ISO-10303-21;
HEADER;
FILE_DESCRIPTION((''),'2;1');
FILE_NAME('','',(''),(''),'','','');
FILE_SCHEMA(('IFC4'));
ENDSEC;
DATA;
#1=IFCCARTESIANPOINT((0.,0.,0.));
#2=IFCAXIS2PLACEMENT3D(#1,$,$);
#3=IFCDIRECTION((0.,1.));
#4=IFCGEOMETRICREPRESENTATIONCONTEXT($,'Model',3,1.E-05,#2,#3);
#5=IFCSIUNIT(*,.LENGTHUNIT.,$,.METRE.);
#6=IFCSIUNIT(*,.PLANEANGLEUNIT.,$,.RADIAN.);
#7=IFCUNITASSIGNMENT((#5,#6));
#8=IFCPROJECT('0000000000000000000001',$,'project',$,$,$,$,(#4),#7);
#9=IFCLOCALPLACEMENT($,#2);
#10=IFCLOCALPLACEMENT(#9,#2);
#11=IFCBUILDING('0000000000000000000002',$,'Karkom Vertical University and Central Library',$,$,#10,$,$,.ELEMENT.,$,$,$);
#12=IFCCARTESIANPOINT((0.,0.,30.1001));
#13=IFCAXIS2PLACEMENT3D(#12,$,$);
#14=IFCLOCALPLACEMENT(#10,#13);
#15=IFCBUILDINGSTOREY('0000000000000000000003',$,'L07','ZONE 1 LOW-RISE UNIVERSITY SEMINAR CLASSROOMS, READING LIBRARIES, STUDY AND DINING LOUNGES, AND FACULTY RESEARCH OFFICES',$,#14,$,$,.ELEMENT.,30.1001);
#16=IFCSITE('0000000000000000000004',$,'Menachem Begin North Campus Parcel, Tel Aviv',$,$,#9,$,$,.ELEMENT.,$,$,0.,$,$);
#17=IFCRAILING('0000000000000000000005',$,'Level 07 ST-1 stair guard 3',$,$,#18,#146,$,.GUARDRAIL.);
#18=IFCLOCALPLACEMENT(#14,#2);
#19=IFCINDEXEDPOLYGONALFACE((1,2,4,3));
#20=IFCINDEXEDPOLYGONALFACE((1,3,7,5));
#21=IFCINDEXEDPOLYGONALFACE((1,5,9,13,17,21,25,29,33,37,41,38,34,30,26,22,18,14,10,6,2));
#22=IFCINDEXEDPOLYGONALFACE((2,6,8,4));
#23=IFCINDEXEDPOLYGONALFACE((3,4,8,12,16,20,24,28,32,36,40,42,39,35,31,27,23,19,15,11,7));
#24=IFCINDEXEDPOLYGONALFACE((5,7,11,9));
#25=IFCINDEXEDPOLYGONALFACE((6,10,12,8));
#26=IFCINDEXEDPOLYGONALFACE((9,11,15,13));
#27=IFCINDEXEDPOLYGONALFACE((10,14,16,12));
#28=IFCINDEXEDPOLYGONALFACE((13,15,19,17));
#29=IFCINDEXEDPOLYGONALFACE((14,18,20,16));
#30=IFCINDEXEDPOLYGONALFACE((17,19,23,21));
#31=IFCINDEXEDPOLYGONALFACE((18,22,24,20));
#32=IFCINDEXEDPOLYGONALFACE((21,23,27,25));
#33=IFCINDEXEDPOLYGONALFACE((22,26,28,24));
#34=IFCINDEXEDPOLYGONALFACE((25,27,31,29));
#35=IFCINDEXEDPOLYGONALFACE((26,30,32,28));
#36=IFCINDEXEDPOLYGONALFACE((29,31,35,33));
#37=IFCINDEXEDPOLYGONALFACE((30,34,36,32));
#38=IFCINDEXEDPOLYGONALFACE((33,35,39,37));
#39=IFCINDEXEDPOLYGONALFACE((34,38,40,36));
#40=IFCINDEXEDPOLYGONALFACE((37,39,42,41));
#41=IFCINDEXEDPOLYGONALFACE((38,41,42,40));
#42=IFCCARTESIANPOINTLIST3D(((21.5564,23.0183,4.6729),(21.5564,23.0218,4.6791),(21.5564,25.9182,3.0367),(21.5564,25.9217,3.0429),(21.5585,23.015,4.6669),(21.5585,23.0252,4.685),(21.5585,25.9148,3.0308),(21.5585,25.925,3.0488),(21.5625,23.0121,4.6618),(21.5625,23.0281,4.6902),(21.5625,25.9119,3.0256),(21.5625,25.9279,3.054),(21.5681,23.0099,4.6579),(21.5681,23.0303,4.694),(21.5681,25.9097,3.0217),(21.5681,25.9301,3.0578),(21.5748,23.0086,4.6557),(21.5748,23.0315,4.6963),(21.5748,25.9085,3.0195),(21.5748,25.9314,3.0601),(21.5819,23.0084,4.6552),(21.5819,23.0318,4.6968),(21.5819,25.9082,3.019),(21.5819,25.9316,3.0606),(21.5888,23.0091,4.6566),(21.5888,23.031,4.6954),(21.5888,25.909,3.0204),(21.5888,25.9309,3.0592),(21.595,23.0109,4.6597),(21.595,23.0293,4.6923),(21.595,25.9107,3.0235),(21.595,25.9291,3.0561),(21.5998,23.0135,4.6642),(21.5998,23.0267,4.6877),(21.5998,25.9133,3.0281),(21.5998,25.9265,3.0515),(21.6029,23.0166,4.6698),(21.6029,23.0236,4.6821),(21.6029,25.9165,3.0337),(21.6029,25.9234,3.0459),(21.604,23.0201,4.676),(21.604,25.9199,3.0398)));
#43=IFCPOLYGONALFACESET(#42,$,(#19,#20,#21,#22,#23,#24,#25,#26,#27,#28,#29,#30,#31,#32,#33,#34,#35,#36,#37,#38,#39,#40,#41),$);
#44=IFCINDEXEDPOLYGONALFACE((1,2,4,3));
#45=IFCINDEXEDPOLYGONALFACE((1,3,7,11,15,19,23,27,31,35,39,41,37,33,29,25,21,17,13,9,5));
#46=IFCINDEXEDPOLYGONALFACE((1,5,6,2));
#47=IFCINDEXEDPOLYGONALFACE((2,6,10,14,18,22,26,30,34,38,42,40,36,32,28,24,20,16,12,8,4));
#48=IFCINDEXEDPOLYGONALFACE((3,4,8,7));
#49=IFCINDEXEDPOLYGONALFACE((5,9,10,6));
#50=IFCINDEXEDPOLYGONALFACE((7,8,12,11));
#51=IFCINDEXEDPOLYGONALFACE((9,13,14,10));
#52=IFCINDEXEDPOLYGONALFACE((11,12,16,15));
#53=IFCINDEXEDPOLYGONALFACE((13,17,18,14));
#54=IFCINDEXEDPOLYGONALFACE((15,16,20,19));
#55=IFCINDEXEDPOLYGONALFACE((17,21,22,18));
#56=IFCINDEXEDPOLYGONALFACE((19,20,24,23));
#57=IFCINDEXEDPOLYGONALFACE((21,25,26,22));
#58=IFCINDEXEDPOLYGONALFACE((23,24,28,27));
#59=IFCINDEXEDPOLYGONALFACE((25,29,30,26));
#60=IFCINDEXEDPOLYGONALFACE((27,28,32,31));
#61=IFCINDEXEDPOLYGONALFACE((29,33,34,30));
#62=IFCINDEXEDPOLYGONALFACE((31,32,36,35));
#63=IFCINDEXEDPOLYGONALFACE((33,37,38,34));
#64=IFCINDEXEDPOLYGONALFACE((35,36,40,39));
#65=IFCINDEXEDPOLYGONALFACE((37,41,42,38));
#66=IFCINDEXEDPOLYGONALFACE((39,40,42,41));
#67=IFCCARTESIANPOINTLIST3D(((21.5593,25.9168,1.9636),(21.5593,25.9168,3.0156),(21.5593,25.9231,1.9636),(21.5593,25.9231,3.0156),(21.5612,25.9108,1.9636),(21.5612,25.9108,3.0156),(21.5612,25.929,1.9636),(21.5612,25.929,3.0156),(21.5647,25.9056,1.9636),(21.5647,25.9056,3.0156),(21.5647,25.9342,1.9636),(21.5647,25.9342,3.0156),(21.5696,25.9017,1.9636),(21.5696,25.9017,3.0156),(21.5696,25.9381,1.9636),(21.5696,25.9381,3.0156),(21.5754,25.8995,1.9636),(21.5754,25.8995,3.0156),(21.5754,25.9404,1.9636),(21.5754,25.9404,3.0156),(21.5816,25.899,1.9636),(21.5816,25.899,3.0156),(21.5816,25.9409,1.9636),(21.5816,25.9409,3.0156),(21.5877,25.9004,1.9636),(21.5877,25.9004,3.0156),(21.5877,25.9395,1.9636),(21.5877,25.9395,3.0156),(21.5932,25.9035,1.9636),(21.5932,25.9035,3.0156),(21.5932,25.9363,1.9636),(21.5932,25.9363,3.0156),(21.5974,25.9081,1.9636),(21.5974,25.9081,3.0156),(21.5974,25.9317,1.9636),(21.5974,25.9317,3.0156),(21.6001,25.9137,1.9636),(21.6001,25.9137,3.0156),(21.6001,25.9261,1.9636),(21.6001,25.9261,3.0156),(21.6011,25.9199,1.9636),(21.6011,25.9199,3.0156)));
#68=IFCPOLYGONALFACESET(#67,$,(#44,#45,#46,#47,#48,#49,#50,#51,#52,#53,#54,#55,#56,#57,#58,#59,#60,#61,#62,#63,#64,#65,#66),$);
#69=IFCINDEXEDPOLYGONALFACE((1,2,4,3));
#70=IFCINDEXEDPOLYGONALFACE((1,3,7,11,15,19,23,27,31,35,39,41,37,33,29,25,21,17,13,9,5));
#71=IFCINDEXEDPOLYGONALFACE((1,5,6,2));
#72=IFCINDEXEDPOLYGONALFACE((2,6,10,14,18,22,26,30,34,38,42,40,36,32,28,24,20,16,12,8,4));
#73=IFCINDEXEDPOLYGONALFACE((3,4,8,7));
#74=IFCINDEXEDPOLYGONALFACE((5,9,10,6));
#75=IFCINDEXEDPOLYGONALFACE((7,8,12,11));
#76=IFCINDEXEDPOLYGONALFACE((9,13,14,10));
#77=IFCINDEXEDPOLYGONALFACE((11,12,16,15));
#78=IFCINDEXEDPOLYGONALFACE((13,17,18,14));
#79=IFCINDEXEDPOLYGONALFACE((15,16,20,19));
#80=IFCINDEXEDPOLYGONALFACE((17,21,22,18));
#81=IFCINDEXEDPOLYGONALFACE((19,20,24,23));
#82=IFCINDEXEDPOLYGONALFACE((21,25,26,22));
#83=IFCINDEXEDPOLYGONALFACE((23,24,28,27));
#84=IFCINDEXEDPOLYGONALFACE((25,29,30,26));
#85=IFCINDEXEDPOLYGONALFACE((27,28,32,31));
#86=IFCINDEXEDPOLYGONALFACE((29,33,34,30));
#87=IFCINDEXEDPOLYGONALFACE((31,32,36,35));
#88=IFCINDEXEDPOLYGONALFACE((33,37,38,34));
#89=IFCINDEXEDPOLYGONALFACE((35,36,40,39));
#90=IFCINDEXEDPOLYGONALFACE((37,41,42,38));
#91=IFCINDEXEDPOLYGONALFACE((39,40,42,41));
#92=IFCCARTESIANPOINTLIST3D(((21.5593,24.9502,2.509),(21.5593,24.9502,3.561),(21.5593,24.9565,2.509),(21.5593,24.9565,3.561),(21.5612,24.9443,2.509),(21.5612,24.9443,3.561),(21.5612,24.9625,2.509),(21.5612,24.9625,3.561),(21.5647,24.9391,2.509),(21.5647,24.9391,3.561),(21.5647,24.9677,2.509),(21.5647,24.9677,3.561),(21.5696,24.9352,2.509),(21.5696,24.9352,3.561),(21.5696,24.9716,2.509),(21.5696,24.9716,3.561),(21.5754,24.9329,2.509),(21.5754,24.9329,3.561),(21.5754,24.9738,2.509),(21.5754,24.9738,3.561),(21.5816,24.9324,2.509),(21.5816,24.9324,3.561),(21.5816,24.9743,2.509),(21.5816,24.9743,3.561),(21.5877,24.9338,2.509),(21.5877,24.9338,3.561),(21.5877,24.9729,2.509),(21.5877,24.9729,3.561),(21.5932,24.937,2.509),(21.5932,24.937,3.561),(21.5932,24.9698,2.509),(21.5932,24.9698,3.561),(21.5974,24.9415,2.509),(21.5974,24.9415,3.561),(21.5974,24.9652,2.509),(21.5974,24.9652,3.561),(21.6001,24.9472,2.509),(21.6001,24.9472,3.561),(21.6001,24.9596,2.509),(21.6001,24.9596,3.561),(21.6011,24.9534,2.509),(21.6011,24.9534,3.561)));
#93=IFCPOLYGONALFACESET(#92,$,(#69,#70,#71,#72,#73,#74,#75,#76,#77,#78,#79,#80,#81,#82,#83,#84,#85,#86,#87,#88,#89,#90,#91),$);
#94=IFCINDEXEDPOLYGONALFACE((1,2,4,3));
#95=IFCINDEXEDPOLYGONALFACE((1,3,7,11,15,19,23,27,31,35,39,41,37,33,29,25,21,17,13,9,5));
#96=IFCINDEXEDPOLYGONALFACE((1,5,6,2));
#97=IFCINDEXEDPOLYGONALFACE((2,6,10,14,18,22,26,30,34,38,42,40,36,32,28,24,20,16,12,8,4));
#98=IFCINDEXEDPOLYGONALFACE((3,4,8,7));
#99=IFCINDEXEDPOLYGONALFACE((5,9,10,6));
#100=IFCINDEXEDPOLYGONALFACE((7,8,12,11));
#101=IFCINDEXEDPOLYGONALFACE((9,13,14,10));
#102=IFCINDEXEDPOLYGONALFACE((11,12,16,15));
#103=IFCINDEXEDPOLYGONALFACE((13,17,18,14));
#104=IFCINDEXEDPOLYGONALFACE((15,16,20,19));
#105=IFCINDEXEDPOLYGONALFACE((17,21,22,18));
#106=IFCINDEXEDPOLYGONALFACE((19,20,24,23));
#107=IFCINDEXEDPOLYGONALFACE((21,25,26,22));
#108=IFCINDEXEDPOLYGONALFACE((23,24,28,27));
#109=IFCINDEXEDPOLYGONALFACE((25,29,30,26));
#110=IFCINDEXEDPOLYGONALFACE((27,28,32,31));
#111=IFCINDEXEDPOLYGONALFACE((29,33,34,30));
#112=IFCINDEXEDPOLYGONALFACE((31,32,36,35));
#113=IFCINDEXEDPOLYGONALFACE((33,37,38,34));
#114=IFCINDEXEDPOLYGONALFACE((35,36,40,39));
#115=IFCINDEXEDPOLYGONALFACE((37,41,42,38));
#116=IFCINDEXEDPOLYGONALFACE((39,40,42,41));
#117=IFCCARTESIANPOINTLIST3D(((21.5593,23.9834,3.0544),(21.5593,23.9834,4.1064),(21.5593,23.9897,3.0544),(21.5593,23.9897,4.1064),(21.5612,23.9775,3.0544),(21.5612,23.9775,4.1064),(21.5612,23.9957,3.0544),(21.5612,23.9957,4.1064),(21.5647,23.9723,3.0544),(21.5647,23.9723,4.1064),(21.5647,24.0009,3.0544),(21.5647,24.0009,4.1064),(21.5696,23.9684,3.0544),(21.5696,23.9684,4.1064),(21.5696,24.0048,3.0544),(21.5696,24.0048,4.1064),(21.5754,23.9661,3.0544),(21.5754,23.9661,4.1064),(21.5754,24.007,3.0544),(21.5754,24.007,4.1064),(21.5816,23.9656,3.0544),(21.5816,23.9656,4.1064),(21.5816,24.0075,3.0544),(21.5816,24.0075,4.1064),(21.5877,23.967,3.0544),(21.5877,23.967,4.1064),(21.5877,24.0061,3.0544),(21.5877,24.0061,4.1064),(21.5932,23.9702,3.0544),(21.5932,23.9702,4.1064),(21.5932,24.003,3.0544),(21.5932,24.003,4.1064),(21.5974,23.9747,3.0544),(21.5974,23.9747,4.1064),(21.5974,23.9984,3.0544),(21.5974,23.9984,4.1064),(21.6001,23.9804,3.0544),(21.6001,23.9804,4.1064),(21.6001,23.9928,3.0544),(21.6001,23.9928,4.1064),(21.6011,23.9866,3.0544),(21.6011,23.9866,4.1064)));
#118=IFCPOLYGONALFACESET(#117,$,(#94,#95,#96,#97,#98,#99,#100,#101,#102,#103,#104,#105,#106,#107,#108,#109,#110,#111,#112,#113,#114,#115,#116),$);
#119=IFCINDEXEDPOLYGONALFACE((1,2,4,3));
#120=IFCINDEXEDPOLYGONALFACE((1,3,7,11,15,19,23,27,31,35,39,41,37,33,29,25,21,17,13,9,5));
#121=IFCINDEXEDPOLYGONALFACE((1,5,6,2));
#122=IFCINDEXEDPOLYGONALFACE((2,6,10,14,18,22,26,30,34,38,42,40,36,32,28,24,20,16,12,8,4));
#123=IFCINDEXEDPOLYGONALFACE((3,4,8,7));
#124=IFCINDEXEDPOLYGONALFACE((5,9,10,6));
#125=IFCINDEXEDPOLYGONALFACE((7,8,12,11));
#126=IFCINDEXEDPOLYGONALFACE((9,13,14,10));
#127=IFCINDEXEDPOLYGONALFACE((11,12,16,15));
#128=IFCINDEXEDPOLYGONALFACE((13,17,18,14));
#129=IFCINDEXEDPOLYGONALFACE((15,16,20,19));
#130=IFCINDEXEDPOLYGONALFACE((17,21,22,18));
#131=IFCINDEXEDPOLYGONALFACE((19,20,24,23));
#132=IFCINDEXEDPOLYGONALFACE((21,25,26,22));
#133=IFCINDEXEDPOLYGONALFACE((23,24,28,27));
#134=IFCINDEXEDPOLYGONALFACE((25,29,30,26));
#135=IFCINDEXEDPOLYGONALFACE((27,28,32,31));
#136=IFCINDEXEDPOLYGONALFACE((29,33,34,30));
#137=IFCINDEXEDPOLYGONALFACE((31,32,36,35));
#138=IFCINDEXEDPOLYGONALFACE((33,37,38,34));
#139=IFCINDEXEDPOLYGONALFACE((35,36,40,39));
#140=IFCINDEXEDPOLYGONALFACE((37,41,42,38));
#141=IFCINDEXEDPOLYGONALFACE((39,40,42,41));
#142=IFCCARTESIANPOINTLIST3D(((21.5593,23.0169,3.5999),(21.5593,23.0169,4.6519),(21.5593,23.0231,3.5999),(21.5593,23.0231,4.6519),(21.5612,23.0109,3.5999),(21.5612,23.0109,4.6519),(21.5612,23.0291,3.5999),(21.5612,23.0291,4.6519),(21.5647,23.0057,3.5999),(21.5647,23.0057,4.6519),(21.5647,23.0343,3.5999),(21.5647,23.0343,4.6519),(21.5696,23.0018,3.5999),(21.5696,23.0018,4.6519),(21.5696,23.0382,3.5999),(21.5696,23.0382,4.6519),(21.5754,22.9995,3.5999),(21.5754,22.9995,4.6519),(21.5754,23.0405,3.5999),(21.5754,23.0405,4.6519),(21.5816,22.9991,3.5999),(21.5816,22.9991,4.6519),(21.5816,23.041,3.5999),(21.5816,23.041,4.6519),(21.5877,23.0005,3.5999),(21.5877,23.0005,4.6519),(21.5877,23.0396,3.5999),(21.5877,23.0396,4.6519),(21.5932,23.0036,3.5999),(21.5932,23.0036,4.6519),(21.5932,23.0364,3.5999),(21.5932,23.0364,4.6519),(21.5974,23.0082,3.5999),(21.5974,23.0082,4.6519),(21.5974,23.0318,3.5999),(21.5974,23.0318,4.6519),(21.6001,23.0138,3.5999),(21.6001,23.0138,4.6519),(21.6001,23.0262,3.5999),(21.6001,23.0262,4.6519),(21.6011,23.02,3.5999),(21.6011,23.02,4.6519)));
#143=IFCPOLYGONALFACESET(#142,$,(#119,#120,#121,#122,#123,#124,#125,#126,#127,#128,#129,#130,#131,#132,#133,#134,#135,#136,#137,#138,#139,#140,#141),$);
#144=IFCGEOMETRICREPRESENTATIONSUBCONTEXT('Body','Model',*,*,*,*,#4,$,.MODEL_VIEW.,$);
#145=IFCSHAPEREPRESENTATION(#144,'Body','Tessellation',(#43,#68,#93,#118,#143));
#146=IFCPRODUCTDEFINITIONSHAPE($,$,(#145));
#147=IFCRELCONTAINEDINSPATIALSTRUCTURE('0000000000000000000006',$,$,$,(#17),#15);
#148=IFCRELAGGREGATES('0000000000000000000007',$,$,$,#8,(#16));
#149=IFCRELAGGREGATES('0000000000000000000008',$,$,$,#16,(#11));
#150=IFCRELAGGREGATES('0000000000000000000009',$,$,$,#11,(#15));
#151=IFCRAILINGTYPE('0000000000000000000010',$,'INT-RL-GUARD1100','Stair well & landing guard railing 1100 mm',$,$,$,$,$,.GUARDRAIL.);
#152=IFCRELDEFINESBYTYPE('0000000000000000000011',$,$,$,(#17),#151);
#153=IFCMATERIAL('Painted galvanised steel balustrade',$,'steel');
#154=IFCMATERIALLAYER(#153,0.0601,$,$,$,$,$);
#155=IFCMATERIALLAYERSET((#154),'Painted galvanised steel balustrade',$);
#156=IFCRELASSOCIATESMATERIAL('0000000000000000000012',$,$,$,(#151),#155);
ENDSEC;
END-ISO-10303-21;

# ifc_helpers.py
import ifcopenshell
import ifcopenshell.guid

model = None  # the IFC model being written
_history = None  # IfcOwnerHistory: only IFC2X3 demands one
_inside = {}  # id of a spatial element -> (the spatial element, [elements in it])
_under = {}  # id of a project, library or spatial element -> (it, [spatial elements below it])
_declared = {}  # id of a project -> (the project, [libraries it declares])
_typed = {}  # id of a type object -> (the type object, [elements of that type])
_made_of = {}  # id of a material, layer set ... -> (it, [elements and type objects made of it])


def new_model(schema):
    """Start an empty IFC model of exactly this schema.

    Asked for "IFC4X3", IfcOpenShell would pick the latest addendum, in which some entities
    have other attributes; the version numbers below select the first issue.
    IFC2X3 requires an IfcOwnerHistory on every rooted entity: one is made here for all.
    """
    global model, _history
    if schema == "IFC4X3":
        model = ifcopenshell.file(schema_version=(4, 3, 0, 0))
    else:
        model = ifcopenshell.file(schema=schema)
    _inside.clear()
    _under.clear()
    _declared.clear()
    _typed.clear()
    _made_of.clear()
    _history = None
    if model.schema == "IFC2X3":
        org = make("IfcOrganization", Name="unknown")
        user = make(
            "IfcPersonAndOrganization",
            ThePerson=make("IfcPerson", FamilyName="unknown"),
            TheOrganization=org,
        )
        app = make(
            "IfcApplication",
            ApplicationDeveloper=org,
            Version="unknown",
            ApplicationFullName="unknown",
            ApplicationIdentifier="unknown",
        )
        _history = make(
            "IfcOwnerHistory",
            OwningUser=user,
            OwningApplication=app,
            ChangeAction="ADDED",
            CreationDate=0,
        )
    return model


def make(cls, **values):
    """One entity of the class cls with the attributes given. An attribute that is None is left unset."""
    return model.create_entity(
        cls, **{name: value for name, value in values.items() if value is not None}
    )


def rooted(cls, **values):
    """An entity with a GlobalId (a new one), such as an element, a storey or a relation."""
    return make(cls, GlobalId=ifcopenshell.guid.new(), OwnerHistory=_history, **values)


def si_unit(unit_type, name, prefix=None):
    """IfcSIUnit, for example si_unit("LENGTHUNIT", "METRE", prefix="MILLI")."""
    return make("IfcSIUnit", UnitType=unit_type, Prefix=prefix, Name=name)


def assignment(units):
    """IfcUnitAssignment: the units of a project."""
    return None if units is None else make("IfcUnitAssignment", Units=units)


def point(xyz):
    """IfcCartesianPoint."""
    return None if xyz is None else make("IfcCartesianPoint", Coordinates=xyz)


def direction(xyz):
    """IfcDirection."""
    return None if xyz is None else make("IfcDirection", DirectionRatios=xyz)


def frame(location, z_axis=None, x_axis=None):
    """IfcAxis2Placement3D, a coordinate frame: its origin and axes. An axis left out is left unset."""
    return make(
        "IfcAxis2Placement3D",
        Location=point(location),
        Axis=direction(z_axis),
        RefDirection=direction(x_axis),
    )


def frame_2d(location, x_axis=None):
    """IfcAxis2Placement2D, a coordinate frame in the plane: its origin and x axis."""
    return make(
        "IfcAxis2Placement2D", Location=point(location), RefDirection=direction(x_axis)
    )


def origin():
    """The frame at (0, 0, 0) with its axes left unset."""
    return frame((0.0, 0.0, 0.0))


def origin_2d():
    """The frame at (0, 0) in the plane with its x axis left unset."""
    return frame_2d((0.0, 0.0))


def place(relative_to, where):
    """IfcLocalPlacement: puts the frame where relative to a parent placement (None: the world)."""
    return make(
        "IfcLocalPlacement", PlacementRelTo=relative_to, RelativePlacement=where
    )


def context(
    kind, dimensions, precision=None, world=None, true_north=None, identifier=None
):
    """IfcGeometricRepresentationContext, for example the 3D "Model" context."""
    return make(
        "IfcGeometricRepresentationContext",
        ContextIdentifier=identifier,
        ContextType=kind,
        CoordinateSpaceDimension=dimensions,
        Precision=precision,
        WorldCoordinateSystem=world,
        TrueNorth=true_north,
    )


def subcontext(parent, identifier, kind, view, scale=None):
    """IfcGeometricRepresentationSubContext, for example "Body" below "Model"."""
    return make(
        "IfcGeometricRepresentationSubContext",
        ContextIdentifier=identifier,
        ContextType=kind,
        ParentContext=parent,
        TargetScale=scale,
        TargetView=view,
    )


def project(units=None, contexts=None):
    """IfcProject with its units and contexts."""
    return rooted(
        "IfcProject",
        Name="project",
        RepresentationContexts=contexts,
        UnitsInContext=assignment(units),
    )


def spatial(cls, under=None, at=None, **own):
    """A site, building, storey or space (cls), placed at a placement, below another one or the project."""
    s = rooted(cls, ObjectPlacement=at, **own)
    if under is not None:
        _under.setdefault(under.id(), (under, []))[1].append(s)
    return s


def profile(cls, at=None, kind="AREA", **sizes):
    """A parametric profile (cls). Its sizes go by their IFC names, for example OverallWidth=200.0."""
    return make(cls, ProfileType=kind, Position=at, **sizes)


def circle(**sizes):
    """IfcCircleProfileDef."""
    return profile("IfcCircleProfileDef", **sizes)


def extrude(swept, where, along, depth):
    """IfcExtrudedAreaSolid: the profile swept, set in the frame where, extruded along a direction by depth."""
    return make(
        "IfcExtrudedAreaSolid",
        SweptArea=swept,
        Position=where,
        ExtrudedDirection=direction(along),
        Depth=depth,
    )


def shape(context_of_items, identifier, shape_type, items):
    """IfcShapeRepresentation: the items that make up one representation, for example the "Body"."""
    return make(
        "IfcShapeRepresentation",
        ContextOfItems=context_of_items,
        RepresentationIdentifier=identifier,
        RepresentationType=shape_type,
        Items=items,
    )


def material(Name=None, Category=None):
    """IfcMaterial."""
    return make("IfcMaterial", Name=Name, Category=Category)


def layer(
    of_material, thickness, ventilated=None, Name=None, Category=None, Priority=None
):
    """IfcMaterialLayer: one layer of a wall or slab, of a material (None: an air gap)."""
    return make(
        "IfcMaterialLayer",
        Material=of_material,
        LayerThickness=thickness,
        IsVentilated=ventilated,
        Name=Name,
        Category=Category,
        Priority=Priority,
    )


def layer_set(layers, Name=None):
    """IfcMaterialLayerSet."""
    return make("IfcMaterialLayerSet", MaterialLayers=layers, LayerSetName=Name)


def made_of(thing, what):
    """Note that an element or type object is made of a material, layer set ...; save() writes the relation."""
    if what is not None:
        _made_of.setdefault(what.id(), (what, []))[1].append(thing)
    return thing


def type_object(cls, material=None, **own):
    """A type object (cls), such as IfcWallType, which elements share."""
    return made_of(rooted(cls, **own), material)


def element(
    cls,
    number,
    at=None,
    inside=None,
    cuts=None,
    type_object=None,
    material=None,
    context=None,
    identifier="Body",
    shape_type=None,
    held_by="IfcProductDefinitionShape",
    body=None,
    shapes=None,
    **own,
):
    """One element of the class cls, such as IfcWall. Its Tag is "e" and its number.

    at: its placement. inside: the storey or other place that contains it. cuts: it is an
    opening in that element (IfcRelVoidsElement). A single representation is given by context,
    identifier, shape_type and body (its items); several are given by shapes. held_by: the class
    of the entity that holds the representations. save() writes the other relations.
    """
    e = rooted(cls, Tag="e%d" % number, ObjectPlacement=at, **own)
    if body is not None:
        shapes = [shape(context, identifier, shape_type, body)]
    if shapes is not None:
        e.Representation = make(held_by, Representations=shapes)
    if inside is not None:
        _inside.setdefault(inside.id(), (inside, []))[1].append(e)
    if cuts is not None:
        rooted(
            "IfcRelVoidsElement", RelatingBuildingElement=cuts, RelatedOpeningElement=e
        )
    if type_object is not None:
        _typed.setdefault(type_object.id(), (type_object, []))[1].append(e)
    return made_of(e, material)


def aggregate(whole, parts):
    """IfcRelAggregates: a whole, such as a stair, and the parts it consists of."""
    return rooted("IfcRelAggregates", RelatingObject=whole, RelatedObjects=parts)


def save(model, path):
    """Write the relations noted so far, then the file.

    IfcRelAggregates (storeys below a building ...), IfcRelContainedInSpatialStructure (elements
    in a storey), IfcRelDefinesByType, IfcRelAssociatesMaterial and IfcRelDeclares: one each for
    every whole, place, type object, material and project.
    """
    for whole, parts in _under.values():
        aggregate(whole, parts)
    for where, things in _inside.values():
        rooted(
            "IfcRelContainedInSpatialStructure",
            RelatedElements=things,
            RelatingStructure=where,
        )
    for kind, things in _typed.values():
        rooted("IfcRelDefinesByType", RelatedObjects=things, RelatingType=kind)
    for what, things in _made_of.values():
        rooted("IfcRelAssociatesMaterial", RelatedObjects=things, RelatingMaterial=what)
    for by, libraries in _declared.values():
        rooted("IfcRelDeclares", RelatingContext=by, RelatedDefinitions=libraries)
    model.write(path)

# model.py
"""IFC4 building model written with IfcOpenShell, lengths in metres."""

from ifc_helpers import new_model, si_unit, direction, frame, origin, origin_2d, place, context, subcontext, project, spatial, circle, extrude, material, layer, layer_set, type_object, element, save


model = new_model("IFC4")

# Units and contexts
model_context = context("Model", 3, precision=1e-05, world=origin(), true_north=direction((0.0, 1.0)))
body_context = subcontext(model_context, "Body", "Model", "MODEL_VIEW")
ifc_project = project(units=[si_unit("LENGTHUNIT", "METRE"), si_unit("PLANEANGLEUNIT", "RADIAN")], contexts=[model_context])

# Site, building, storey
site_placement = place(None, origin())
site = spatial("IfcSite", under=ifc_project, at=site_placement, Name="Menachem Begin North Campus Parcel, Tel Aviv", CompositionType="ELEMENT", RefElevation=0.0)
building_placement = place(site_placement, origin())
building = spatial("IfcBuilding", under=site, at=building_placement, Name="Karkom Vertical University and Central Library", CompositionType="ELEMENT")
storey_placement = place(building_placement, frame((0.0, 0.0, 30.1001)))
storey = spatial("IfcBuildingStorey", under=building, at=storey_placement, Name="L07", Description="ZONE 1 LOW-RISE UNIVERSITY SEMINAR CLASSROOMS, READING LIBRARIES, STUDY AND DINING LOUNGES, AND FACULTY RESEARCH OFFICES", CompositionType="ELEMENT", Elevation=30.1001)

# Railing
ifc_material_1 = material(Name="Painted galvanised steel balustrade", Category="steel")
ifc_layer_1 = layer(ifc_material_1, 0.0601)
ifc_layer_set_1 = layer_set([ifc_layer_1], Name="Painted galvanised steel balustrade")
railing_type_1 = type_object("IfcRailingType", Name="INT-RL-GUARD1100", Description="Stair well & landing guard railing 1100 mm", PredefinedType="GUARDRAIL", material=ifc_layer_set_1)
railing_1_placement = place(storey_placement, frame((21.5801, 25.9199, 1.9636)))
element("IfcRailing", 1, at=railing_1_placement, inside=storey, type_object=railing_type_1, Name="Level 07 ST-1 stair guard 3", PredefinedType="GUARDRAIL", context=body_context, shape_type="SweptSolid", body=[
    extrude(circle(Radius=0.0239, at=origin_2d()), frame((0.0, 0.0, 1.0762), z_axis=(0.0, -0.870929, 0.49141), x_axis=(1.0, 0.0, 0.0)), (0.0, 0.0, 1.0), 3.3296),
    extrude(circle(Radius=0.021, at=origin_2d()), origin(), (0.0, 0.0, 1.0), 1.052),
    extrude(circle(Radius=0.021, at=origin_2d()), frame((0.0, -0.9666, 0.5454)), (0.0, 0.0, 1.0), 1.052),
    extrude(circle(Radius=0.021, at=origin_2d()), frame((0.0, -1.9333, 1.0908)), (0.0, 0.0, 1.0), 1.052),
    extrude(circle(Radius=0.021, at=origin_2d()), frame((0.0, -2.8999, 1.6362)), (0.0, 0.0, 1.0), 1.052),
])

save(model, "model.ifc")
